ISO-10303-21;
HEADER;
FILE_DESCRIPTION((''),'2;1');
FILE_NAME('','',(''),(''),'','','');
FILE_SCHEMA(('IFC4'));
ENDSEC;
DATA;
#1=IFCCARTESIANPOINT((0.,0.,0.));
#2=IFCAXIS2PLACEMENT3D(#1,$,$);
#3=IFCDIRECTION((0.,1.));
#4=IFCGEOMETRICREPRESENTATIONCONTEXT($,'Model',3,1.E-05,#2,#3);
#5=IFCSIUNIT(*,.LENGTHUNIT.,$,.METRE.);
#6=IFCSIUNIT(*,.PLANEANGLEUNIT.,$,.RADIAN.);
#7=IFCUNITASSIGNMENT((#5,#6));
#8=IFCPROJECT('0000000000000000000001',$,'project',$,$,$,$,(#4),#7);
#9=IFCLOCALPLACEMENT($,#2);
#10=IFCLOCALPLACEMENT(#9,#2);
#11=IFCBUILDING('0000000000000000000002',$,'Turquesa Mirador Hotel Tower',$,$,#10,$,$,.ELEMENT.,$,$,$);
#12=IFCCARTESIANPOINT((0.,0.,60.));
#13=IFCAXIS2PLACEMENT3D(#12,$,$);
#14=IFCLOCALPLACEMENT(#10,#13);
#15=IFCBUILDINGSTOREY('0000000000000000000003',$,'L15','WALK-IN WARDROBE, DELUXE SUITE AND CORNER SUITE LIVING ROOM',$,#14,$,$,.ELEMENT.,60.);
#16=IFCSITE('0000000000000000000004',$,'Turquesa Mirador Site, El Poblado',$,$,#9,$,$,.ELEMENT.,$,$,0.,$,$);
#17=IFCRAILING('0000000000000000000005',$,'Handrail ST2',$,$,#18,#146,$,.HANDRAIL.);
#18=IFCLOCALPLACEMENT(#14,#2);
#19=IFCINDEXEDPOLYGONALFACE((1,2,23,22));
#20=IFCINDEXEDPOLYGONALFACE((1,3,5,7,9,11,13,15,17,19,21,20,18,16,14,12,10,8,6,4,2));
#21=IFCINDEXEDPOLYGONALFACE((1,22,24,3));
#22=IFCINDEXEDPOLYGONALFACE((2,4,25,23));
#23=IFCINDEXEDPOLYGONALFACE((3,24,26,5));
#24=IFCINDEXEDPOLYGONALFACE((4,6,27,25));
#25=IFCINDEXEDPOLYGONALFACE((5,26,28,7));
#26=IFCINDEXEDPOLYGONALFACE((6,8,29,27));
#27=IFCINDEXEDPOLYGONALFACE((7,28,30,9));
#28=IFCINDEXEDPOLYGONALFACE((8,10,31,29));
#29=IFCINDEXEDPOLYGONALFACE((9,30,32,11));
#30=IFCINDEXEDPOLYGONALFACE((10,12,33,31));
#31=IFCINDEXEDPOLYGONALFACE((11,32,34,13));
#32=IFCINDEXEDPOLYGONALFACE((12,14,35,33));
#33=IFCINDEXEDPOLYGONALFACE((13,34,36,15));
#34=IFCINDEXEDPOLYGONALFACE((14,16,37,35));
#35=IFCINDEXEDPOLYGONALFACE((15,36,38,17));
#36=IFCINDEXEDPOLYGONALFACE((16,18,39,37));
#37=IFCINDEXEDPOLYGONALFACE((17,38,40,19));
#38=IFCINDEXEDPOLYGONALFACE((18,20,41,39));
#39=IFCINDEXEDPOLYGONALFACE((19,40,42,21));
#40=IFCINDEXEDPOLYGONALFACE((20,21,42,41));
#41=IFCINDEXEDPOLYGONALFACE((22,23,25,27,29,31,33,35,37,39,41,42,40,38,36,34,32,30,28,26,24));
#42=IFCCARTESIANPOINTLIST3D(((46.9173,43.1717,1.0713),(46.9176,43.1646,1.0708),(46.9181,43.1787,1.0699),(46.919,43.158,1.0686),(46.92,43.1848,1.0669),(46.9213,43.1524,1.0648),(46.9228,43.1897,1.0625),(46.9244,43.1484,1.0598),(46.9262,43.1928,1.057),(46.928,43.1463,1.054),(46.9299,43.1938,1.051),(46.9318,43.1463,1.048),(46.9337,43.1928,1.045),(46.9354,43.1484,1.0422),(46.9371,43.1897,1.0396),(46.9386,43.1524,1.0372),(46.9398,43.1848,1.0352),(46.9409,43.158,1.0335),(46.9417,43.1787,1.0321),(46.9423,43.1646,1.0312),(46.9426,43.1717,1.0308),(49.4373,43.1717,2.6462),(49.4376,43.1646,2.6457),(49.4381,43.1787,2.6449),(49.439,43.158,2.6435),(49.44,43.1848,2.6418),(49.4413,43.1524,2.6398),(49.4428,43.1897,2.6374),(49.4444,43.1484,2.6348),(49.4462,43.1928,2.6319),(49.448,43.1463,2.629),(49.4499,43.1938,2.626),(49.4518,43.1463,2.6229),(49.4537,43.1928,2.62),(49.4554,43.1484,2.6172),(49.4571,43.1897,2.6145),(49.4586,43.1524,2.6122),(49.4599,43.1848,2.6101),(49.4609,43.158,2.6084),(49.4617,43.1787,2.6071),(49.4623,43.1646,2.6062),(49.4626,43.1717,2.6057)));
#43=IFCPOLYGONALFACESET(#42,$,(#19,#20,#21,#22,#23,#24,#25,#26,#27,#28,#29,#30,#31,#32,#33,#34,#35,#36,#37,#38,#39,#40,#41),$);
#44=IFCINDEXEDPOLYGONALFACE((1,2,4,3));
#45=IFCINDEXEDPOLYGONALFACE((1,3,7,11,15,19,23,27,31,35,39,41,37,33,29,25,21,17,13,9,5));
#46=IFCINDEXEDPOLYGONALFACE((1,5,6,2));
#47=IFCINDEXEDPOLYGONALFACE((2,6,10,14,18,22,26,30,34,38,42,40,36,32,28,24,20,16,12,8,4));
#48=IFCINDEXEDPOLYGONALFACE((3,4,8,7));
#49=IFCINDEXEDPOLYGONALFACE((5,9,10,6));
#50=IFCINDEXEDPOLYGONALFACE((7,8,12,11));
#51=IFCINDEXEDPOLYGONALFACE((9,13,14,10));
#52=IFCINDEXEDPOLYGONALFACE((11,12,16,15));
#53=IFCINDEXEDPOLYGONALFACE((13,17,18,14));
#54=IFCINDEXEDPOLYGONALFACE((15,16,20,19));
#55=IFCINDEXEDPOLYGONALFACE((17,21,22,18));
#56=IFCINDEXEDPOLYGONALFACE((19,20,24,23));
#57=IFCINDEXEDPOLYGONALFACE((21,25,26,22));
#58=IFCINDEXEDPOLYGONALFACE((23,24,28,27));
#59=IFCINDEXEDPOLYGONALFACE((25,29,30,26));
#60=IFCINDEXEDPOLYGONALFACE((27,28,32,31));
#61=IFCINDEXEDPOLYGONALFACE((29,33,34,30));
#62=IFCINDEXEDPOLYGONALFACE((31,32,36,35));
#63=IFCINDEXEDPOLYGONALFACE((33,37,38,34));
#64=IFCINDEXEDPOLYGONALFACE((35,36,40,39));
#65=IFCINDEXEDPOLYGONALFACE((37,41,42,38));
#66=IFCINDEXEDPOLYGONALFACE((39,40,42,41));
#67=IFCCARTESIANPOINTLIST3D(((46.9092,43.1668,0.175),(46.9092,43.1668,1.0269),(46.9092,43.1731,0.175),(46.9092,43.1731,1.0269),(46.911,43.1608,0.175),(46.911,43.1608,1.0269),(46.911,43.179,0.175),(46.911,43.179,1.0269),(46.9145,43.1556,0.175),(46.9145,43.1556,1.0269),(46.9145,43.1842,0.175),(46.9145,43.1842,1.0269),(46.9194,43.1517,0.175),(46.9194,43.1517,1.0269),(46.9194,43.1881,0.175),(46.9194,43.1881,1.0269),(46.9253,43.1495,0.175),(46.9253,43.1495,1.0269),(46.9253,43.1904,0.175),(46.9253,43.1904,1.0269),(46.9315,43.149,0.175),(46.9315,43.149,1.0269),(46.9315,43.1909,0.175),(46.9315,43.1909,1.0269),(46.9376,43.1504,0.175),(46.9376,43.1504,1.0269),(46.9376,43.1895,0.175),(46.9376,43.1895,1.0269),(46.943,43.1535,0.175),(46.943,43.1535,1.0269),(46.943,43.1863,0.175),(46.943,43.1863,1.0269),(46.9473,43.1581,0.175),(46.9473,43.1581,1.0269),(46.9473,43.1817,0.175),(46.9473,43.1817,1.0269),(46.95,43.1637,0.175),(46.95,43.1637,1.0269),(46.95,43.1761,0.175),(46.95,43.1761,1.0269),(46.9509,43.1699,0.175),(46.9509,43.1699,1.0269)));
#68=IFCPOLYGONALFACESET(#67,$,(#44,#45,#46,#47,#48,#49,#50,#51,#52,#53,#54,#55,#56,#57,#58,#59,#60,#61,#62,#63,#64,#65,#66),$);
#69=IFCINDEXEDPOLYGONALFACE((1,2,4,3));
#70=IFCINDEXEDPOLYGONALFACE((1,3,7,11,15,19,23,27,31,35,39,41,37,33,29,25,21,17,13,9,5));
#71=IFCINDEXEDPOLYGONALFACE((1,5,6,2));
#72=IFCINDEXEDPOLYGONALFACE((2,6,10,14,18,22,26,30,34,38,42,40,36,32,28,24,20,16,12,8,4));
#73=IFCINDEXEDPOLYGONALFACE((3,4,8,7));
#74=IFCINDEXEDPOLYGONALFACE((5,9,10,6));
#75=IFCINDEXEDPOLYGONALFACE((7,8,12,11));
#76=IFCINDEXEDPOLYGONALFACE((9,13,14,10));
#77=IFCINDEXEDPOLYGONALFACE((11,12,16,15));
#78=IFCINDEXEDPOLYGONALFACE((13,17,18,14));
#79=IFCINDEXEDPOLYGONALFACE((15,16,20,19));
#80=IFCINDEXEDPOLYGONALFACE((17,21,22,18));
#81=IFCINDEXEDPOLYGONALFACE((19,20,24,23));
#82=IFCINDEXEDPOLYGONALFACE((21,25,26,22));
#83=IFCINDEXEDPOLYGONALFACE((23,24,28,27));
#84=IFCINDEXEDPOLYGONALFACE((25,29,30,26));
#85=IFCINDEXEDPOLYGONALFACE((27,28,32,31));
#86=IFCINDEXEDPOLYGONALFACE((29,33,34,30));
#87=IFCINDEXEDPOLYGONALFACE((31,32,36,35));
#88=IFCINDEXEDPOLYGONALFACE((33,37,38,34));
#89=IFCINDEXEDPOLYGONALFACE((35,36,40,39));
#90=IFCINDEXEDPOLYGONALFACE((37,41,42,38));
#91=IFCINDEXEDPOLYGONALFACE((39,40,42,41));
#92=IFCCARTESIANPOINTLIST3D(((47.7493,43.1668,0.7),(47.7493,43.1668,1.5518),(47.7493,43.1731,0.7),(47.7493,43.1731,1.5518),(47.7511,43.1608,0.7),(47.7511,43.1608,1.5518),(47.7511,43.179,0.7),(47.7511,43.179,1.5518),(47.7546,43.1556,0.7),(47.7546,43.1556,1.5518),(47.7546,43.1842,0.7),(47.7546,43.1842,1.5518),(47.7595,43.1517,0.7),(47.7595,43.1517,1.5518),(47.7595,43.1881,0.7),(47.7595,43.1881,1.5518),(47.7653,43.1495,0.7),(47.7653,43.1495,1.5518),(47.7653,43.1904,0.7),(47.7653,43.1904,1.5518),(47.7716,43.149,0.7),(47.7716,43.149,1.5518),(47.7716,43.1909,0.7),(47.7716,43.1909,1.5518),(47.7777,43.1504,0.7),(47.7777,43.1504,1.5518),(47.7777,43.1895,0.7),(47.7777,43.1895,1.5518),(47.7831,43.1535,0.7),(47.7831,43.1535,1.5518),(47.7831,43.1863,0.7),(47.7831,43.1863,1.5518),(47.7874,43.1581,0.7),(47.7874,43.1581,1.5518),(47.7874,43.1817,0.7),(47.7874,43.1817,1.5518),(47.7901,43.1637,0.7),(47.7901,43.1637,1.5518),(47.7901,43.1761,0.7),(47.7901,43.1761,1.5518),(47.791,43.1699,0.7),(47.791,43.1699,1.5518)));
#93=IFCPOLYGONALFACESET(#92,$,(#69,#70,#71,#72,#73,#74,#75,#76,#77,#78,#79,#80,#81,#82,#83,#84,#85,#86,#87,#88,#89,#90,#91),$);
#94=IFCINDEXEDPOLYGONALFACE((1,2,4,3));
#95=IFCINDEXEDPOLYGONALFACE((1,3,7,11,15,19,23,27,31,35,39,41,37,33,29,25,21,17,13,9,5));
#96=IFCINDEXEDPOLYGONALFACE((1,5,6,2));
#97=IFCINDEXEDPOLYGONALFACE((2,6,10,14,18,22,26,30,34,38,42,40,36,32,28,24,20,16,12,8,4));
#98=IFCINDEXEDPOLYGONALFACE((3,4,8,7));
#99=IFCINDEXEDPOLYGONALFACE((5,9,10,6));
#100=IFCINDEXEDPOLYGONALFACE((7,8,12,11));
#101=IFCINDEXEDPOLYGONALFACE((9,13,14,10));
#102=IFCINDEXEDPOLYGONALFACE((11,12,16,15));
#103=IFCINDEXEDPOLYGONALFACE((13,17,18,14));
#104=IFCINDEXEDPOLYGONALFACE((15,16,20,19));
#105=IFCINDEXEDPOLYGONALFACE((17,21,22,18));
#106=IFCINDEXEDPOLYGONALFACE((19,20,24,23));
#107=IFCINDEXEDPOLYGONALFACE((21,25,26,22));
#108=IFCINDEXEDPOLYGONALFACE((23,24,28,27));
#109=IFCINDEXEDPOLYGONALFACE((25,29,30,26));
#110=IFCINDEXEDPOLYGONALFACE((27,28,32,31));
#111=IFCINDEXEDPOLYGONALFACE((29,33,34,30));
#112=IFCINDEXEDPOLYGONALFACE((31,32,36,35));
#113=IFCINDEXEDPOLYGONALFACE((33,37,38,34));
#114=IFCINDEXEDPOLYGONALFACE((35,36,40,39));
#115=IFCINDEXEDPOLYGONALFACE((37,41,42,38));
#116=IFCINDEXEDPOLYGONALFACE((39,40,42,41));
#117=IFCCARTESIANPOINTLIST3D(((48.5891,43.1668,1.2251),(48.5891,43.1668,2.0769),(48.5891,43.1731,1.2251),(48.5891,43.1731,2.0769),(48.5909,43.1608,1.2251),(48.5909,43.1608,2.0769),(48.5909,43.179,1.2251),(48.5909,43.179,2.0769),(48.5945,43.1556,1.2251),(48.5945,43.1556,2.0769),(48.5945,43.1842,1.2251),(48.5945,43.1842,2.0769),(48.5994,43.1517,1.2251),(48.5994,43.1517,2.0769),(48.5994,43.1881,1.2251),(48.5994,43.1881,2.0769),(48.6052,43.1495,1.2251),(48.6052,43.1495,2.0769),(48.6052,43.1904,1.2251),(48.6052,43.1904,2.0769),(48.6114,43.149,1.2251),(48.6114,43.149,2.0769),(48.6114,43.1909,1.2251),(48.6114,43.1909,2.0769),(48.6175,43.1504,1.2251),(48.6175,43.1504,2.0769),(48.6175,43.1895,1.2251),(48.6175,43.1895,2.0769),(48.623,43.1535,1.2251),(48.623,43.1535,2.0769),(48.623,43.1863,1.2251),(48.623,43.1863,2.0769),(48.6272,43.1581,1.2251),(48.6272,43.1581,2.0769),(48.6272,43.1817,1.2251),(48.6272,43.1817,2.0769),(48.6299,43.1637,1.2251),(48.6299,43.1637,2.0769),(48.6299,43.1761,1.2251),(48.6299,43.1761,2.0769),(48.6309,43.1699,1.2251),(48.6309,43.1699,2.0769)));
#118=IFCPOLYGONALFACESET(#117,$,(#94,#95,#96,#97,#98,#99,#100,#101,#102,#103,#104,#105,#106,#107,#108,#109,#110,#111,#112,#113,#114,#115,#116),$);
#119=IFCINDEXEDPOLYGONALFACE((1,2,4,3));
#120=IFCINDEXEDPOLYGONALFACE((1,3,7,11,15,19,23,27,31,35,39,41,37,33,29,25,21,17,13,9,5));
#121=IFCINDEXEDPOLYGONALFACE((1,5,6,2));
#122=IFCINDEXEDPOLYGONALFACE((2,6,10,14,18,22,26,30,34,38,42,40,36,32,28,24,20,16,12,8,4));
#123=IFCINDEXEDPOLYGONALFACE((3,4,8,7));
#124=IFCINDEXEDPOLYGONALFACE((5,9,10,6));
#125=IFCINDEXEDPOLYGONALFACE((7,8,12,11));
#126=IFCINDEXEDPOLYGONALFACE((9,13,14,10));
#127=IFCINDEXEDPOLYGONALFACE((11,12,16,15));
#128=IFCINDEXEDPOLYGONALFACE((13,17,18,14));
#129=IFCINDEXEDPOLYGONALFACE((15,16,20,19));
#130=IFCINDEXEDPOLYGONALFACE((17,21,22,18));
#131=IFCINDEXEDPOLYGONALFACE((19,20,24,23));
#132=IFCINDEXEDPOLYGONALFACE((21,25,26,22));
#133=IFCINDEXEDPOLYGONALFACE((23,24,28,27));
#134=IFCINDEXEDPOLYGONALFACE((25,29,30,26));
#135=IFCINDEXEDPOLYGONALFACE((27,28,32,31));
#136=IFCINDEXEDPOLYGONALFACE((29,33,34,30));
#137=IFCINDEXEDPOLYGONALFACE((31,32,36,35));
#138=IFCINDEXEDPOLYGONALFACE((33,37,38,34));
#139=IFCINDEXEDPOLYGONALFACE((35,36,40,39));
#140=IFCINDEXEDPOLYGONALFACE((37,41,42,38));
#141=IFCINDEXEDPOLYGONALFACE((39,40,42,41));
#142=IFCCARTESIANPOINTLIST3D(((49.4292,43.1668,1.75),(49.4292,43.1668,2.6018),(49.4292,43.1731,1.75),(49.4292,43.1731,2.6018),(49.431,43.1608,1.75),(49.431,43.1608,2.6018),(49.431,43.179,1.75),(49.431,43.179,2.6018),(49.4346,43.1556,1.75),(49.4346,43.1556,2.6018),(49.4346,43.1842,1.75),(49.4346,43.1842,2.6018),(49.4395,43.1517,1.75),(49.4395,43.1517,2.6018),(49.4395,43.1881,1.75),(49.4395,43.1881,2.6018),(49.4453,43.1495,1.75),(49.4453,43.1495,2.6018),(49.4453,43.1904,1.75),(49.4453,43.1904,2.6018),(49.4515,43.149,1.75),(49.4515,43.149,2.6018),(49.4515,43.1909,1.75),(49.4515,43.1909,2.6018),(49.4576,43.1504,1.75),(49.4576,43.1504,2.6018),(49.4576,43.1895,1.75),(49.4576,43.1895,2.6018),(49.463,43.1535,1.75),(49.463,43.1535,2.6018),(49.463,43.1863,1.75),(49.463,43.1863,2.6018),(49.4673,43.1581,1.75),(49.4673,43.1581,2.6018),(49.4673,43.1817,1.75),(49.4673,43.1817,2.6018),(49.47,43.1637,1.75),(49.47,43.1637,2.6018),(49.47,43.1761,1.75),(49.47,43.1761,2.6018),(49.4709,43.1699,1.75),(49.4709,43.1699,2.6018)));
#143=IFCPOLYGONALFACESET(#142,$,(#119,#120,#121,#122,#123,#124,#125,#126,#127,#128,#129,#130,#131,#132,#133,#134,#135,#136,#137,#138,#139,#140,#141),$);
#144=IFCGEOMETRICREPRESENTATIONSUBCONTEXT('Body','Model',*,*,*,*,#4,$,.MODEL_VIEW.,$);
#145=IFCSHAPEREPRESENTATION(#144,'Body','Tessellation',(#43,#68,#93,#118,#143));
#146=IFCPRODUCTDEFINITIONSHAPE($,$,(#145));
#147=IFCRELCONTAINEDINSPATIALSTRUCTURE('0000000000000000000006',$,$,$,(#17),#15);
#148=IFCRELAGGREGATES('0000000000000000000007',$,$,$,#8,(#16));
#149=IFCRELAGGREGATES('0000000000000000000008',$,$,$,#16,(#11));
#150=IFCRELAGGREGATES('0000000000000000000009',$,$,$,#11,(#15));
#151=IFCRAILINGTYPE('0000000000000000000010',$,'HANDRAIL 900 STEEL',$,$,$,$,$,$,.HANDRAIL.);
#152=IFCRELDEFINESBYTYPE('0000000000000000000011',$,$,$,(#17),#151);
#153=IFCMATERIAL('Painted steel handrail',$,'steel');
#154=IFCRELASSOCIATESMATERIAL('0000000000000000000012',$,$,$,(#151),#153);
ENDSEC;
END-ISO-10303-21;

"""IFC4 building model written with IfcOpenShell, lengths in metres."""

from ifc_helpers import new_model, si_unit, direction, frame, origin, origin_2d, place, context, subcontext, project, spatial, circle, extrude, material, type_object, element, save


model = new_model("IFC4")

# Units and contexts
model_context = context("Model", 3, precision=1e-05, world=origin(), true_north=direction((0.0, 1.0)))
body_context = subcontext(model_context, "Body", "Model", "MODEL_VIEW")
ifc_project = project(units=[si_unit("LENGTHUNIT", "METRE"), si_unit("PLANEANGLEUNIT", "RADIAN")], contexts=[model_context])

# Site, building, storey
site_placement = place(None, origin())
site = spatial("IfcSite", under=ifc_project, at=site_placement, Name="Turquesa Mirador Site, El Poblado", CompositionType="ELEMENT", RefElevation=0.0)
building_placement = place(site_placement, origin())
building = spatial("IfcBuilding", under=site, at=building_placement, Name="Turquesa Mirador Hotel Tower", CompositionType="ELEMENT")
storey_placement = place(building_placement, frame((0.0, 0.0, 60.0)))
storey = spatial("IfcBuildingStorey", under=building, at=storey_placement, Name="L15", Description="WALK-IN WARDROBE, DELUXE SUITE AND CORNER SUITE LIVING ROOM", CompositionType="ELEMENT", Elevation=60.0)

# Railing
ifc_material_1 = material(Name="Painted steel handrail", Category="steel")
railing_type = type_object("IfcRailingType", Name="HANDRAIL 900 STEEL", PredefinedType="HANDRAIL", material=ifc_material_1)
for number, where, name in (
    (1, (46.9299, 43.1699, 0.175), "Handrail ST2"),
):
    element("IfcRailing", number, at=place(storey_placement, frame(where)), inside=storey, type_object=railing_type, Name=name, PredefinedType="HANDRAIL", context=body_context, shape_type="SweptSolid", body=[
        extrude(circle(Radius=0.0239, at=origin_2d()), frame((0.0, 0.0, 0.876), z_axis=(0.848008, 0.0, 0.529984), x_axis=(0.0, 1.0, 0.0)), (0.0, 0.0, 1.0), 2.9717),
        extrude(circle(Radius=0.021, at=origin_2d()), origin(), (0.0, 0.0, 1.0), 0.8518),
        extrude(circle(Radius=0.021, at=origin_2d()), frame((0.8401, 0.0, 0.5249)), (0.0, 0.0, 1.0), 0.8518),
        extrude(circle(Radius=0.021, at=origin_2d()), frame((1.6799, 0.0, 1.05)), (0.0, 0.0, 1.0), 0.8518),
        extrude(circle(Radius=0.021, at=origin_2d()), frame((2.52, 0.0, 1.575)), (0.0, 0.0, 1.0), 0.8518),
    ])

save(model, "model.ifc")
